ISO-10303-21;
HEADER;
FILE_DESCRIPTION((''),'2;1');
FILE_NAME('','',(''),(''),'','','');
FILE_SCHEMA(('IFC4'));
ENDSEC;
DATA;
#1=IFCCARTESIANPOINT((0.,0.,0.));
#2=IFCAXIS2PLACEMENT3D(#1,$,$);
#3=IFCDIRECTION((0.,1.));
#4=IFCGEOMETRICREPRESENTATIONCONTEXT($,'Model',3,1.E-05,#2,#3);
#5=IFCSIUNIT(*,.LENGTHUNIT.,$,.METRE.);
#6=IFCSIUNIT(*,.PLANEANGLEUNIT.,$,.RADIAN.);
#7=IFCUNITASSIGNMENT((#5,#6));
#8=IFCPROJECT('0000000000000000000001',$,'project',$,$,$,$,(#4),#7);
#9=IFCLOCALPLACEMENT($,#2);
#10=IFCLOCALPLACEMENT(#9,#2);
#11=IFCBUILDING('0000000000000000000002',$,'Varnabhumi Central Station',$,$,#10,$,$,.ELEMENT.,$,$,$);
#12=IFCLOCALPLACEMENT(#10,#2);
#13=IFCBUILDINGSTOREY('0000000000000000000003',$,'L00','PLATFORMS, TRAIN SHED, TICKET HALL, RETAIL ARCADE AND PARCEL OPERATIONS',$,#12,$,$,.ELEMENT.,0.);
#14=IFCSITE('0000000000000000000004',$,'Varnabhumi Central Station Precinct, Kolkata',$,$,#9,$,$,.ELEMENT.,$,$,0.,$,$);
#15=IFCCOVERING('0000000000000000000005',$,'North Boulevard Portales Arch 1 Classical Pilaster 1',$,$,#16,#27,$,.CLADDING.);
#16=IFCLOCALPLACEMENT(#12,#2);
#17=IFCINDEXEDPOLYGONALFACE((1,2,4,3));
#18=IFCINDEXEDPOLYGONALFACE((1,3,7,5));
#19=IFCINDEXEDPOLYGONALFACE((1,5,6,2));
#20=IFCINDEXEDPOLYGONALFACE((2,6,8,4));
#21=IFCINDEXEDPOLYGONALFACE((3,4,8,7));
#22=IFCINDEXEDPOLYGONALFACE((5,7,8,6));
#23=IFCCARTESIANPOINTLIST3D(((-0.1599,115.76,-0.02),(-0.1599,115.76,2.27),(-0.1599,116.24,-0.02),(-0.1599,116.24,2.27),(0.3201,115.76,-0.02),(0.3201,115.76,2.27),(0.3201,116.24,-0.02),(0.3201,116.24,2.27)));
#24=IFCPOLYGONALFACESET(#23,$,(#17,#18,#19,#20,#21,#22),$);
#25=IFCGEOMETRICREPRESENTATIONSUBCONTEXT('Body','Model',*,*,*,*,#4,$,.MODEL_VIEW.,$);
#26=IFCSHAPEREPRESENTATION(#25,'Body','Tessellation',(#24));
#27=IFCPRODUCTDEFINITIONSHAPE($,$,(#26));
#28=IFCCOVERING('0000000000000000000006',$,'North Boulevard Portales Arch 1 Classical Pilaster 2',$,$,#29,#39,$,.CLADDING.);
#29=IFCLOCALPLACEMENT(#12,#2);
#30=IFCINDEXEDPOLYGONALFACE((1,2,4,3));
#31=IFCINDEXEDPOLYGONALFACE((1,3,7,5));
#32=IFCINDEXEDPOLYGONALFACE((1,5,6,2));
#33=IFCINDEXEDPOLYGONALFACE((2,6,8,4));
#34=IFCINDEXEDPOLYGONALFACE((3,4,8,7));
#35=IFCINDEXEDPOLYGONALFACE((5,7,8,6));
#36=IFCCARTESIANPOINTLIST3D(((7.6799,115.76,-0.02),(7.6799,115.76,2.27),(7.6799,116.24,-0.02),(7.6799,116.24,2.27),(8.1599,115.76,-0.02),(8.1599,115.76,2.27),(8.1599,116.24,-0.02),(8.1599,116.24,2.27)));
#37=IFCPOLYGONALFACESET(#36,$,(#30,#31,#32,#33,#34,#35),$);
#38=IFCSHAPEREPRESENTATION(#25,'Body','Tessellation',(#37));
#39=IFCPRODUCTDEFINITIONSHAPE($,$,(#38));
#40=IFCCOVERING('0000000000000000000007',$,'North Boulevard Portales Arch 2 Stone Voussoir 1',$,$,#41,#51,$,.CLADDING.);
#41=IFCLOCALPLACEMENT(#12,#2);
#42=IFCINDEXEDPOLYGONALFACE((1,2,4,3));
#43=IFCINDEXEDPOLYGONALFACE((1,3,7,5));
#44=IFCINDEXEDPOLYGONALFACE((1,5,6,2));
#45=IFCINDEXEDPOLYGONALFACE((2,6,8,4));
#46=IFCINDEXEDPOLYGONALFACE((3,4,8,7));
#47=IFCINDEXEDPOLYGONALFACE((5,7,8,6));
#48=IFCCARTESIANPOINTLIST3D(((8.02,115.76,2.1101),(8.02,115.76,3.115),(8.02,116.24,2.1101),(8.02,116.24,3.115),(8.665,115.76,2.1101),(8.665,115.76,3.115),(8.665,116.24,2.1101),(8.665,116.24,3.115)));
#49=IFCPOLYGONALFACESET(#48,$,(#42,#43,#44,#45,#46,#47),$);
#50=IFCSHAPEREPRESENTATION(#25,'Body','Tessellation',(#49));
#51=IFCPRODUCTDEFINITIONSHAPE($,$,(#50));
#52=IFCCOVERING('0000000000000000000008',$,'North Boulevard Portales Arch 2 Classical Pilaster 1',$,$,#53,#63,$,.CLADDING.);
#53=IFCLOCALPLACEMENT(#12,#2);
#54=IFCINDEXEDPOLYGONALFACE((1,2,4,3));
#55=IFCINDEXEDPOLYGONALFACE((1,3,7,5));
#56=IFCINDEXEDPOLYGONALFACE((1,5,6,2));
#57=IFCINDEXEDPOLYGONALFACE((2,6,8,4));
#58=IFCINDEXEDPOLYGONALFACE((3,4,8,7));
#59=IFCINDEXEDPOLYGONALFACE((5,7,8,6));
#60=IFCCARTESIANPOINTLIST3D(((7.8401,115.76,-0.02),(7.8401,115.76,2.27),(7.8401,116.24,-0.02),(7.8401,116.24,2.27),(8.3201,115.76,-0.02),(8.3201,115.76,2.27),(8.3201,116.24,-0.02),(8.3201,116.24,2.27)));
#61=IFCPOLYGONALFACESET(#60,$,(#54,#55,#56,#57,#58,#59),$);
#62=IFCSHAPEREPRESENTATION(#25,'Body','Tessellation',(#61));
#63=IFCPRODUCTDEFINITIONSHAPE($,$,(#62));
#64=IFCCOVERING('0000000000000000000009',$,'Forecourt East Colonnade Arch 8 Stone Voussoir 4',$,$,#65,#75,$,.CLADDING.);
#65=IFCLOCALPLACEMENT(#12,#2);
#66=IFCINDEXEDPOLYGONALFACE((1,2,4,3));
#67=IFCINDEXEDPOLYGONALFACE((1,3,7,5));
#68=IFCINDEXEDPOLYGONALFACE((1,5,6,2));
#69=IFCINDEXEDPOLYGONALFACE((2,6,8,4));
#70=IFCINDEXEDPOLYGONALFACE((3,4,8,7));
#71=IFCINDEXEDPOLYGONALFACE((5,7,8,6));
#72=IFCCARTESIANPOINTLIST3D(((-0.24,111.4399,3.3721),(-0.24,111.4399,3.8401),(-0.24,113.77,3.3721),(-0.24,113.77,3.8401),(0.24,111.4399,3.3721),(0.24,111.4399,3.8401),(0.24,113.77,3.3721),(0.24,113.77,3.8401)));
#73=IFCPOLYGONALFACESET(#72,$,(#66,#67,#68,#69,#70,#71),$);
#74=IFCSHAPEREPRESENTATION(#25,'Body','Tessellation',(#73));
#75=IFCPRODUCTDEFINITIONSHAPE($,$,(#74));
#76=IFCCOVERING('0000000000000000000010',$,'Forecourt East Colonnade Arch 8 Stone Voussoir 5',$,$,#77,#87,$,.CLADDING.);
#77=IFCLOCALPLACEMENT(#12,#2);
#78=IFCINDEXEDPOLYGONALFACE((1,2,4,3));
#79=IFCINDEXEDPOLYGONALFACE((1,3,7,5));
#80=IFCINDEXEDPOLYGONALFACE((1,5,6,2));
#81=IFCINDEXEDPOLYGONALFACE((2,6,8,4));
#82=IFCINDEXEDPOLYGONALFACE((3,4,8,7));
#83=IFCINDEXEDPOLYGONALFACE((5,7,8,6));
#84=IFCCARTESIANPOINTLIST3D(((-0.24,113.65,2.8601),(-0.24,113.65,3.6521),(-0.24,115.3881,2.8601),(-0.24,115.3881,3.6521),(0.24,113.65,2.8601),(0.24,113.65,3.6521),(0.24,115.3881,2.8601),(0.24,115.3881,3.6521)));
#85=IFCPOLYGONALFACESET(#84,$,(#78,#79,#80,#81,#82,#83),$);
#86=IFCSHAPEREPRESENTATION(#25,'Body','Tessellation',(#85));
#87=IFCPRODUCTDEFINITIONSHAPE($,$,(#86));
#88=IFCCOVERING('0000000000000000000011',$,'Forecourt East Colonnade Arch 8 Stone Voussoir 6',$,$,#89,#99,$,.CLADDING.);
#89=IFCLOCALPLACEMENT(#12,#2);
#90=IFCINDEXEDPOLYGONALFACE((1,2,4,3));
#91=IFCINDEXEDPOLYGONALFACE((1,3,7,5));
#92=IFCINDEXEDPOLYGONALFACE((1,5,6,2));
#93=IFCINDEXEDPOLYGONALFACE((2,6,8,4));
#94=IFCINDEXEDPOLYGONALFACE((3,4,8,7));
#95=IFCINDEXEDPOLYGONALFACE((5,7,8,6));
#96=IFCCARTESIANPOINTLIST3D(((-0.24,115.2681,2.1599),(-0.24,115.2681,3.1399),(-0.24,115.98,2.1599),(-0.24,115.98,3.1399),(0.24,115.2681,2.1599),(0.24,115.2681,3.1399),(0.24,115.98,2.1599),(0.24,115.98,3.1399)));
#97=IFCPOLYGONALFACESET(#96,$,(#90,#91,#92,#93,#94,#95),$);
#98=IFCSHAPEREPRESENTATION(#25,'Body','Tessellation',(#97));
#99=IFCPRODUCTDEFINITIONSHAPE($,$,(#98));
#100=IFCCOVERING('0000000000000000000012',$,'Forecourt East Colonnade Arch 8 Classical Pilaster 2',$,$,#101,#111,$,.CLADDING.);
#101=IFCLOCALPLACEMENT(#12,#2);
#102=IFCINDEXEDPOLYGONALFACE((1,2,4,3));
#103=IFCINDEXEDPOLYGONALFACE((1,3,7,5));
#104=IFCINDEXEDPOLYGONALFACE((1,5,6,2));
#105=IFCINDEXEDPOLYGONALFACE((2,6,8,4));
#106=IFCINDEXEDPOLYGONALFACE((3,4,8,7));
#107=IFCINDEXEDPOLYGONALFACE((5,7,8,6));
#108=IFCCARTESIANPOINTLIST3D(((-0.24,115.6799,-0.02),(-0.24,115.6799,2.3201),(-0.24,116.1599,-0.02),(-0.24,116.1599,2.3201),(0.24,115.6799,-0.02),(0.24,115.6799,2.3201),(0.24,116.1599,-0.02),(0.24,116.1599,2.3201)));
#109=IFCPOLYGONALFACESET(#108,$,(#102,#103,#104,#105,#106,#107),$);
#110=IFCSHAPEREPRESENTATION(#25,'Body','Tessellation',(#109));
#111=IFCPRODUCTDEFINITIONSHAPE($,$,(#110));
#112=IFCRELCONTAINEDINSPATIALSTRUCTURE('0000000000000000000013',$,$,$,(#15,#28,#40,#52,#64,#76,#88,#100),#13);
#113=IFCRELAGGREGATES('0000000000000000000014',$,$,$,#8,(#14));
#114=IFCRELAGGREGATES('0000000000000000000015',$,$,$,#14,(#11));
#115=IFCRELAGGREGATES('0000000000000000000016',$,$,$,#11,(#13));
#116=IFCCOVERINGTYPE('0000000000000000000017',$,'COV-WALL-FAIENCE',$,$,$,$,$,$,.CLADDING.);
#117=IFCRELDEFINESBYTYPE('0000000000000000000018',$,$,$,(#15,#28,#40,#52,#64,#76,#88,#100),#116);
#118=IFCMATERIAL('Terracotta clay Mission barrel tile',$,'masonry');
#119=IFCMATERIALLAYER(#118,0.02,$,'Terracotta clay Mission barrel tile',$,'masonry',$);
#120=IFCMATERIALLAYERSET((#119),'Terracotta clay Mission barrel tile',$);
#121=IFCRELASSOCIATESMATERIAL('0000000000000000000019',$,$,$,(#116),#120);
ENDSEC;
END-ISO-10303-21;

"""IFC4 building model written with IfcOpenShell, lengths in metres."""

from ifc_helpers import new_model, si_unit, direction, frame, origin, origin_2d, place, context, subcontext, project, spatial, rectangle, extrude, material, layer, layer_set, type_object, element, save


model = new_model("IFC4")

# Units and contexts
model_context = context("Model", 3, precision=1e-05, world=origin(), true_north=direction((0.0, 1.0)))
body_context = subcontext(model_context, "Body", "Model", "MODEL_VIEW")
ifc_project = project(units=[si_unit("LENGTHUNIT", "METRE"), si_unit("PLANEANGLEUNIT", "RADIAN")], contexts=[model_context])

# Site, building, storey
site_placement = place(None, origin())
site = spatial("IfcSite", under=ifc_project, at=site_placement, Name="Varnabhumi Central Station Precinct, Kolkata", CompositionType="ELEMENT", RefElevation=0.0)
building_placement = place(site_placement, origin())
building = spatial("IfcBuilding", under=site, at=building_placement, Name="Varnabhumi Central Station", CompositionType="ELEMENT")
storey_placement = place(building_placement, origin())
storey = spatial("IfcBuildingStorey", under=building, at=storey_placement, Name="L00", Description="PLATFORMS, TRAIN SHED, TICKET HALL, RETAIL ARCADE AND PARCEL OPERATIONS", CompositionType="ELEMENT", Elevation=0.0)

# Coverings
ifc_material_1 = material(Name="Terracotta clay Mission barrel tile", Category="masonry")
ifc_layer_1 = layer(ifc_material_1, 0.02, Name="Terracotta clay Mission barrel tile", Category="masonry")
ifc_layer_set_1 = layer_set([ifc_layer_1], Name="Terracotta clay Mission barrel tile")
covering_type = type_object("IfcCoveringType", Name="COV-WALL-FAIENCE", PredefinedType="CLADDING", material=ifc_layer_set_1)
for number, where, z_axis, x_axis, name in (
    (1, (0.0801, 116.0, -0.02), (0.0, 0.0, 1.0), (1.0, 0.0, 0.0), "North Boulevard Portales Arch 1 Classical Pilaster 1"),
    (2, (7.9199, 116.0, -0.02), (0.0, 0.0, 1.0), (1.0, 0.0, 0.0), "North Boulevard Portales Arch 1 Classical Pilaster 2"),
):
    element("IfcCovering", number, at=place(storey_placement, frame(where, z_axis=z_axis, x_axis=x_axis)), inside=storey, type_object=covering_type, Name=name, PredefinedType="CLADDING", context=body_context, shape_type="SweptSolid", body=[
        extrude(rectangle(XDim=0.48, YDim=0.48, at=origin_2d()), origin(), (0.0, 0.0, 1.0), 2.29),
    ])
covering_1_placement = place(storey_placement, frame((8.3425, 116.0, 2.1101), z_axis=(0.0, 0.0, 1.0), x_axis=(1.0, 0.0, 0.0)))
element("IfcCovering", 3, at=covering_1_placement, inside=storey, type_object=covering_type, Name="North Boulevard Portales Arch 2 Stone Voussoir 1", PredefinedType="CLADDING", context=body_context, shape_type="SweptSolid", body=[
    extrude(rectangle(XDim=0.645, YDim=0.48, at=origin_2d()), origin(), (0.0, 0.0, 1.0), 1.0049),
])
covering_2_placement = place(storey_placement, frame((8.0801, 116.0, -0.02), z_axis=(0.0, 0.0, 1.0), x_axis=(1.0, 0.0, 0.0)))
element("IfcCovering", 4, at=covering_2_placement, inside=storey, type_object=covering_type, Name="North Boulevard Portales Arch 2 Classical Pilaster 1", PredefinedType="CLADDING", context=body_context, shape_type="SweptSolid", body=[
    extrude(rectangle(XDim=0.48, YDim=0.48, at=origin_2d()), origin(), (0.0, 0.0, 1.0), 2.29),
])
covering_3_placement = place(storey_placement, frame((0.0, 112.605, 3.3721), z_axis=(0.0, 0.0, 1.0), x_axis=(0.0, 1.0, 0.0)))
element("IfcCovering", 5, at=covering_3_placement, inside=storey, type_object=covering_type, Name="Forecourt East Colonnade Arch 8 Stone Voussoir 4", PredefinedType="CLADDING", context=body_context, shape_type="SweptSolid", body=[
    extrude(rectangle(XDim=2.3301, YDim=0.48, at=origin_2d()), origin(), (0.0, 0.0, 1.0), 0.468),
])
covering_4_placement = place(storey_placement, frame((0.0, 114.519, 2.8601), z_axis=(0.0, 0.0, 1.0), x_axis=(0.0, 1.0, 0.0)))
element("IfcCovering", 6, at=covering_4_placement, inside=storey, type_object=covering_type, Name="Forecourt East Colonnade Arch 8 Stone Voussoir 5", PredefinedType="CLADDING", context=body_context, shape_type="SweptSolid", body=[
    extrude(rectangle(XDim=1.738, YDim=0.48, at=origin_2d()), origin(), (0.0, 0.0, 1.0), 0.792),
])
covering_5_placement = place(storey_placement, frame((0.0, 115.624, 2.1599), z_axis=(0.0, 0.0, 1.0), x_axis=(0.0, 1.0, 0.0)))
element("IfcCovering", 7, at=covering_5_placement, inside=storey, type_object=covering_type, Name="Forecourt East Colonnade Arch 8 Stone Voussoir 6", PredefinedType="CLADDING", context=body_context, shape_type="SweptSolid", body=[
    extrude(rectangle(XDim=0.7119, YDim=0.48, at=origin_2d()), origin(), (0.0, 0.0, 1.0), 0.98),
])
covering_6_placement = place(storey_placement, frame((0.0, 115.9199, -0.02), z_axis=(0.0, 0.0, 1.0), x_axis=(1.0, 0.0, 0.0)))
element("IfcCovering", 8, at=covering_6_placement, inside=storey, type_object=covering_type, Name="Forecourt East Colonnade Arch 8 Classical Pilaster 2", PredefinedType="CLADDING", context=body_context, shape_type="SweptSolid", body=[
    extrude(rectangle(XDim=0.48, YDim=0.48, at=origin_2d()), origin(), (0.0, 0.0, 1.0), 2.3401),
])

save(model, "model.ifc")
